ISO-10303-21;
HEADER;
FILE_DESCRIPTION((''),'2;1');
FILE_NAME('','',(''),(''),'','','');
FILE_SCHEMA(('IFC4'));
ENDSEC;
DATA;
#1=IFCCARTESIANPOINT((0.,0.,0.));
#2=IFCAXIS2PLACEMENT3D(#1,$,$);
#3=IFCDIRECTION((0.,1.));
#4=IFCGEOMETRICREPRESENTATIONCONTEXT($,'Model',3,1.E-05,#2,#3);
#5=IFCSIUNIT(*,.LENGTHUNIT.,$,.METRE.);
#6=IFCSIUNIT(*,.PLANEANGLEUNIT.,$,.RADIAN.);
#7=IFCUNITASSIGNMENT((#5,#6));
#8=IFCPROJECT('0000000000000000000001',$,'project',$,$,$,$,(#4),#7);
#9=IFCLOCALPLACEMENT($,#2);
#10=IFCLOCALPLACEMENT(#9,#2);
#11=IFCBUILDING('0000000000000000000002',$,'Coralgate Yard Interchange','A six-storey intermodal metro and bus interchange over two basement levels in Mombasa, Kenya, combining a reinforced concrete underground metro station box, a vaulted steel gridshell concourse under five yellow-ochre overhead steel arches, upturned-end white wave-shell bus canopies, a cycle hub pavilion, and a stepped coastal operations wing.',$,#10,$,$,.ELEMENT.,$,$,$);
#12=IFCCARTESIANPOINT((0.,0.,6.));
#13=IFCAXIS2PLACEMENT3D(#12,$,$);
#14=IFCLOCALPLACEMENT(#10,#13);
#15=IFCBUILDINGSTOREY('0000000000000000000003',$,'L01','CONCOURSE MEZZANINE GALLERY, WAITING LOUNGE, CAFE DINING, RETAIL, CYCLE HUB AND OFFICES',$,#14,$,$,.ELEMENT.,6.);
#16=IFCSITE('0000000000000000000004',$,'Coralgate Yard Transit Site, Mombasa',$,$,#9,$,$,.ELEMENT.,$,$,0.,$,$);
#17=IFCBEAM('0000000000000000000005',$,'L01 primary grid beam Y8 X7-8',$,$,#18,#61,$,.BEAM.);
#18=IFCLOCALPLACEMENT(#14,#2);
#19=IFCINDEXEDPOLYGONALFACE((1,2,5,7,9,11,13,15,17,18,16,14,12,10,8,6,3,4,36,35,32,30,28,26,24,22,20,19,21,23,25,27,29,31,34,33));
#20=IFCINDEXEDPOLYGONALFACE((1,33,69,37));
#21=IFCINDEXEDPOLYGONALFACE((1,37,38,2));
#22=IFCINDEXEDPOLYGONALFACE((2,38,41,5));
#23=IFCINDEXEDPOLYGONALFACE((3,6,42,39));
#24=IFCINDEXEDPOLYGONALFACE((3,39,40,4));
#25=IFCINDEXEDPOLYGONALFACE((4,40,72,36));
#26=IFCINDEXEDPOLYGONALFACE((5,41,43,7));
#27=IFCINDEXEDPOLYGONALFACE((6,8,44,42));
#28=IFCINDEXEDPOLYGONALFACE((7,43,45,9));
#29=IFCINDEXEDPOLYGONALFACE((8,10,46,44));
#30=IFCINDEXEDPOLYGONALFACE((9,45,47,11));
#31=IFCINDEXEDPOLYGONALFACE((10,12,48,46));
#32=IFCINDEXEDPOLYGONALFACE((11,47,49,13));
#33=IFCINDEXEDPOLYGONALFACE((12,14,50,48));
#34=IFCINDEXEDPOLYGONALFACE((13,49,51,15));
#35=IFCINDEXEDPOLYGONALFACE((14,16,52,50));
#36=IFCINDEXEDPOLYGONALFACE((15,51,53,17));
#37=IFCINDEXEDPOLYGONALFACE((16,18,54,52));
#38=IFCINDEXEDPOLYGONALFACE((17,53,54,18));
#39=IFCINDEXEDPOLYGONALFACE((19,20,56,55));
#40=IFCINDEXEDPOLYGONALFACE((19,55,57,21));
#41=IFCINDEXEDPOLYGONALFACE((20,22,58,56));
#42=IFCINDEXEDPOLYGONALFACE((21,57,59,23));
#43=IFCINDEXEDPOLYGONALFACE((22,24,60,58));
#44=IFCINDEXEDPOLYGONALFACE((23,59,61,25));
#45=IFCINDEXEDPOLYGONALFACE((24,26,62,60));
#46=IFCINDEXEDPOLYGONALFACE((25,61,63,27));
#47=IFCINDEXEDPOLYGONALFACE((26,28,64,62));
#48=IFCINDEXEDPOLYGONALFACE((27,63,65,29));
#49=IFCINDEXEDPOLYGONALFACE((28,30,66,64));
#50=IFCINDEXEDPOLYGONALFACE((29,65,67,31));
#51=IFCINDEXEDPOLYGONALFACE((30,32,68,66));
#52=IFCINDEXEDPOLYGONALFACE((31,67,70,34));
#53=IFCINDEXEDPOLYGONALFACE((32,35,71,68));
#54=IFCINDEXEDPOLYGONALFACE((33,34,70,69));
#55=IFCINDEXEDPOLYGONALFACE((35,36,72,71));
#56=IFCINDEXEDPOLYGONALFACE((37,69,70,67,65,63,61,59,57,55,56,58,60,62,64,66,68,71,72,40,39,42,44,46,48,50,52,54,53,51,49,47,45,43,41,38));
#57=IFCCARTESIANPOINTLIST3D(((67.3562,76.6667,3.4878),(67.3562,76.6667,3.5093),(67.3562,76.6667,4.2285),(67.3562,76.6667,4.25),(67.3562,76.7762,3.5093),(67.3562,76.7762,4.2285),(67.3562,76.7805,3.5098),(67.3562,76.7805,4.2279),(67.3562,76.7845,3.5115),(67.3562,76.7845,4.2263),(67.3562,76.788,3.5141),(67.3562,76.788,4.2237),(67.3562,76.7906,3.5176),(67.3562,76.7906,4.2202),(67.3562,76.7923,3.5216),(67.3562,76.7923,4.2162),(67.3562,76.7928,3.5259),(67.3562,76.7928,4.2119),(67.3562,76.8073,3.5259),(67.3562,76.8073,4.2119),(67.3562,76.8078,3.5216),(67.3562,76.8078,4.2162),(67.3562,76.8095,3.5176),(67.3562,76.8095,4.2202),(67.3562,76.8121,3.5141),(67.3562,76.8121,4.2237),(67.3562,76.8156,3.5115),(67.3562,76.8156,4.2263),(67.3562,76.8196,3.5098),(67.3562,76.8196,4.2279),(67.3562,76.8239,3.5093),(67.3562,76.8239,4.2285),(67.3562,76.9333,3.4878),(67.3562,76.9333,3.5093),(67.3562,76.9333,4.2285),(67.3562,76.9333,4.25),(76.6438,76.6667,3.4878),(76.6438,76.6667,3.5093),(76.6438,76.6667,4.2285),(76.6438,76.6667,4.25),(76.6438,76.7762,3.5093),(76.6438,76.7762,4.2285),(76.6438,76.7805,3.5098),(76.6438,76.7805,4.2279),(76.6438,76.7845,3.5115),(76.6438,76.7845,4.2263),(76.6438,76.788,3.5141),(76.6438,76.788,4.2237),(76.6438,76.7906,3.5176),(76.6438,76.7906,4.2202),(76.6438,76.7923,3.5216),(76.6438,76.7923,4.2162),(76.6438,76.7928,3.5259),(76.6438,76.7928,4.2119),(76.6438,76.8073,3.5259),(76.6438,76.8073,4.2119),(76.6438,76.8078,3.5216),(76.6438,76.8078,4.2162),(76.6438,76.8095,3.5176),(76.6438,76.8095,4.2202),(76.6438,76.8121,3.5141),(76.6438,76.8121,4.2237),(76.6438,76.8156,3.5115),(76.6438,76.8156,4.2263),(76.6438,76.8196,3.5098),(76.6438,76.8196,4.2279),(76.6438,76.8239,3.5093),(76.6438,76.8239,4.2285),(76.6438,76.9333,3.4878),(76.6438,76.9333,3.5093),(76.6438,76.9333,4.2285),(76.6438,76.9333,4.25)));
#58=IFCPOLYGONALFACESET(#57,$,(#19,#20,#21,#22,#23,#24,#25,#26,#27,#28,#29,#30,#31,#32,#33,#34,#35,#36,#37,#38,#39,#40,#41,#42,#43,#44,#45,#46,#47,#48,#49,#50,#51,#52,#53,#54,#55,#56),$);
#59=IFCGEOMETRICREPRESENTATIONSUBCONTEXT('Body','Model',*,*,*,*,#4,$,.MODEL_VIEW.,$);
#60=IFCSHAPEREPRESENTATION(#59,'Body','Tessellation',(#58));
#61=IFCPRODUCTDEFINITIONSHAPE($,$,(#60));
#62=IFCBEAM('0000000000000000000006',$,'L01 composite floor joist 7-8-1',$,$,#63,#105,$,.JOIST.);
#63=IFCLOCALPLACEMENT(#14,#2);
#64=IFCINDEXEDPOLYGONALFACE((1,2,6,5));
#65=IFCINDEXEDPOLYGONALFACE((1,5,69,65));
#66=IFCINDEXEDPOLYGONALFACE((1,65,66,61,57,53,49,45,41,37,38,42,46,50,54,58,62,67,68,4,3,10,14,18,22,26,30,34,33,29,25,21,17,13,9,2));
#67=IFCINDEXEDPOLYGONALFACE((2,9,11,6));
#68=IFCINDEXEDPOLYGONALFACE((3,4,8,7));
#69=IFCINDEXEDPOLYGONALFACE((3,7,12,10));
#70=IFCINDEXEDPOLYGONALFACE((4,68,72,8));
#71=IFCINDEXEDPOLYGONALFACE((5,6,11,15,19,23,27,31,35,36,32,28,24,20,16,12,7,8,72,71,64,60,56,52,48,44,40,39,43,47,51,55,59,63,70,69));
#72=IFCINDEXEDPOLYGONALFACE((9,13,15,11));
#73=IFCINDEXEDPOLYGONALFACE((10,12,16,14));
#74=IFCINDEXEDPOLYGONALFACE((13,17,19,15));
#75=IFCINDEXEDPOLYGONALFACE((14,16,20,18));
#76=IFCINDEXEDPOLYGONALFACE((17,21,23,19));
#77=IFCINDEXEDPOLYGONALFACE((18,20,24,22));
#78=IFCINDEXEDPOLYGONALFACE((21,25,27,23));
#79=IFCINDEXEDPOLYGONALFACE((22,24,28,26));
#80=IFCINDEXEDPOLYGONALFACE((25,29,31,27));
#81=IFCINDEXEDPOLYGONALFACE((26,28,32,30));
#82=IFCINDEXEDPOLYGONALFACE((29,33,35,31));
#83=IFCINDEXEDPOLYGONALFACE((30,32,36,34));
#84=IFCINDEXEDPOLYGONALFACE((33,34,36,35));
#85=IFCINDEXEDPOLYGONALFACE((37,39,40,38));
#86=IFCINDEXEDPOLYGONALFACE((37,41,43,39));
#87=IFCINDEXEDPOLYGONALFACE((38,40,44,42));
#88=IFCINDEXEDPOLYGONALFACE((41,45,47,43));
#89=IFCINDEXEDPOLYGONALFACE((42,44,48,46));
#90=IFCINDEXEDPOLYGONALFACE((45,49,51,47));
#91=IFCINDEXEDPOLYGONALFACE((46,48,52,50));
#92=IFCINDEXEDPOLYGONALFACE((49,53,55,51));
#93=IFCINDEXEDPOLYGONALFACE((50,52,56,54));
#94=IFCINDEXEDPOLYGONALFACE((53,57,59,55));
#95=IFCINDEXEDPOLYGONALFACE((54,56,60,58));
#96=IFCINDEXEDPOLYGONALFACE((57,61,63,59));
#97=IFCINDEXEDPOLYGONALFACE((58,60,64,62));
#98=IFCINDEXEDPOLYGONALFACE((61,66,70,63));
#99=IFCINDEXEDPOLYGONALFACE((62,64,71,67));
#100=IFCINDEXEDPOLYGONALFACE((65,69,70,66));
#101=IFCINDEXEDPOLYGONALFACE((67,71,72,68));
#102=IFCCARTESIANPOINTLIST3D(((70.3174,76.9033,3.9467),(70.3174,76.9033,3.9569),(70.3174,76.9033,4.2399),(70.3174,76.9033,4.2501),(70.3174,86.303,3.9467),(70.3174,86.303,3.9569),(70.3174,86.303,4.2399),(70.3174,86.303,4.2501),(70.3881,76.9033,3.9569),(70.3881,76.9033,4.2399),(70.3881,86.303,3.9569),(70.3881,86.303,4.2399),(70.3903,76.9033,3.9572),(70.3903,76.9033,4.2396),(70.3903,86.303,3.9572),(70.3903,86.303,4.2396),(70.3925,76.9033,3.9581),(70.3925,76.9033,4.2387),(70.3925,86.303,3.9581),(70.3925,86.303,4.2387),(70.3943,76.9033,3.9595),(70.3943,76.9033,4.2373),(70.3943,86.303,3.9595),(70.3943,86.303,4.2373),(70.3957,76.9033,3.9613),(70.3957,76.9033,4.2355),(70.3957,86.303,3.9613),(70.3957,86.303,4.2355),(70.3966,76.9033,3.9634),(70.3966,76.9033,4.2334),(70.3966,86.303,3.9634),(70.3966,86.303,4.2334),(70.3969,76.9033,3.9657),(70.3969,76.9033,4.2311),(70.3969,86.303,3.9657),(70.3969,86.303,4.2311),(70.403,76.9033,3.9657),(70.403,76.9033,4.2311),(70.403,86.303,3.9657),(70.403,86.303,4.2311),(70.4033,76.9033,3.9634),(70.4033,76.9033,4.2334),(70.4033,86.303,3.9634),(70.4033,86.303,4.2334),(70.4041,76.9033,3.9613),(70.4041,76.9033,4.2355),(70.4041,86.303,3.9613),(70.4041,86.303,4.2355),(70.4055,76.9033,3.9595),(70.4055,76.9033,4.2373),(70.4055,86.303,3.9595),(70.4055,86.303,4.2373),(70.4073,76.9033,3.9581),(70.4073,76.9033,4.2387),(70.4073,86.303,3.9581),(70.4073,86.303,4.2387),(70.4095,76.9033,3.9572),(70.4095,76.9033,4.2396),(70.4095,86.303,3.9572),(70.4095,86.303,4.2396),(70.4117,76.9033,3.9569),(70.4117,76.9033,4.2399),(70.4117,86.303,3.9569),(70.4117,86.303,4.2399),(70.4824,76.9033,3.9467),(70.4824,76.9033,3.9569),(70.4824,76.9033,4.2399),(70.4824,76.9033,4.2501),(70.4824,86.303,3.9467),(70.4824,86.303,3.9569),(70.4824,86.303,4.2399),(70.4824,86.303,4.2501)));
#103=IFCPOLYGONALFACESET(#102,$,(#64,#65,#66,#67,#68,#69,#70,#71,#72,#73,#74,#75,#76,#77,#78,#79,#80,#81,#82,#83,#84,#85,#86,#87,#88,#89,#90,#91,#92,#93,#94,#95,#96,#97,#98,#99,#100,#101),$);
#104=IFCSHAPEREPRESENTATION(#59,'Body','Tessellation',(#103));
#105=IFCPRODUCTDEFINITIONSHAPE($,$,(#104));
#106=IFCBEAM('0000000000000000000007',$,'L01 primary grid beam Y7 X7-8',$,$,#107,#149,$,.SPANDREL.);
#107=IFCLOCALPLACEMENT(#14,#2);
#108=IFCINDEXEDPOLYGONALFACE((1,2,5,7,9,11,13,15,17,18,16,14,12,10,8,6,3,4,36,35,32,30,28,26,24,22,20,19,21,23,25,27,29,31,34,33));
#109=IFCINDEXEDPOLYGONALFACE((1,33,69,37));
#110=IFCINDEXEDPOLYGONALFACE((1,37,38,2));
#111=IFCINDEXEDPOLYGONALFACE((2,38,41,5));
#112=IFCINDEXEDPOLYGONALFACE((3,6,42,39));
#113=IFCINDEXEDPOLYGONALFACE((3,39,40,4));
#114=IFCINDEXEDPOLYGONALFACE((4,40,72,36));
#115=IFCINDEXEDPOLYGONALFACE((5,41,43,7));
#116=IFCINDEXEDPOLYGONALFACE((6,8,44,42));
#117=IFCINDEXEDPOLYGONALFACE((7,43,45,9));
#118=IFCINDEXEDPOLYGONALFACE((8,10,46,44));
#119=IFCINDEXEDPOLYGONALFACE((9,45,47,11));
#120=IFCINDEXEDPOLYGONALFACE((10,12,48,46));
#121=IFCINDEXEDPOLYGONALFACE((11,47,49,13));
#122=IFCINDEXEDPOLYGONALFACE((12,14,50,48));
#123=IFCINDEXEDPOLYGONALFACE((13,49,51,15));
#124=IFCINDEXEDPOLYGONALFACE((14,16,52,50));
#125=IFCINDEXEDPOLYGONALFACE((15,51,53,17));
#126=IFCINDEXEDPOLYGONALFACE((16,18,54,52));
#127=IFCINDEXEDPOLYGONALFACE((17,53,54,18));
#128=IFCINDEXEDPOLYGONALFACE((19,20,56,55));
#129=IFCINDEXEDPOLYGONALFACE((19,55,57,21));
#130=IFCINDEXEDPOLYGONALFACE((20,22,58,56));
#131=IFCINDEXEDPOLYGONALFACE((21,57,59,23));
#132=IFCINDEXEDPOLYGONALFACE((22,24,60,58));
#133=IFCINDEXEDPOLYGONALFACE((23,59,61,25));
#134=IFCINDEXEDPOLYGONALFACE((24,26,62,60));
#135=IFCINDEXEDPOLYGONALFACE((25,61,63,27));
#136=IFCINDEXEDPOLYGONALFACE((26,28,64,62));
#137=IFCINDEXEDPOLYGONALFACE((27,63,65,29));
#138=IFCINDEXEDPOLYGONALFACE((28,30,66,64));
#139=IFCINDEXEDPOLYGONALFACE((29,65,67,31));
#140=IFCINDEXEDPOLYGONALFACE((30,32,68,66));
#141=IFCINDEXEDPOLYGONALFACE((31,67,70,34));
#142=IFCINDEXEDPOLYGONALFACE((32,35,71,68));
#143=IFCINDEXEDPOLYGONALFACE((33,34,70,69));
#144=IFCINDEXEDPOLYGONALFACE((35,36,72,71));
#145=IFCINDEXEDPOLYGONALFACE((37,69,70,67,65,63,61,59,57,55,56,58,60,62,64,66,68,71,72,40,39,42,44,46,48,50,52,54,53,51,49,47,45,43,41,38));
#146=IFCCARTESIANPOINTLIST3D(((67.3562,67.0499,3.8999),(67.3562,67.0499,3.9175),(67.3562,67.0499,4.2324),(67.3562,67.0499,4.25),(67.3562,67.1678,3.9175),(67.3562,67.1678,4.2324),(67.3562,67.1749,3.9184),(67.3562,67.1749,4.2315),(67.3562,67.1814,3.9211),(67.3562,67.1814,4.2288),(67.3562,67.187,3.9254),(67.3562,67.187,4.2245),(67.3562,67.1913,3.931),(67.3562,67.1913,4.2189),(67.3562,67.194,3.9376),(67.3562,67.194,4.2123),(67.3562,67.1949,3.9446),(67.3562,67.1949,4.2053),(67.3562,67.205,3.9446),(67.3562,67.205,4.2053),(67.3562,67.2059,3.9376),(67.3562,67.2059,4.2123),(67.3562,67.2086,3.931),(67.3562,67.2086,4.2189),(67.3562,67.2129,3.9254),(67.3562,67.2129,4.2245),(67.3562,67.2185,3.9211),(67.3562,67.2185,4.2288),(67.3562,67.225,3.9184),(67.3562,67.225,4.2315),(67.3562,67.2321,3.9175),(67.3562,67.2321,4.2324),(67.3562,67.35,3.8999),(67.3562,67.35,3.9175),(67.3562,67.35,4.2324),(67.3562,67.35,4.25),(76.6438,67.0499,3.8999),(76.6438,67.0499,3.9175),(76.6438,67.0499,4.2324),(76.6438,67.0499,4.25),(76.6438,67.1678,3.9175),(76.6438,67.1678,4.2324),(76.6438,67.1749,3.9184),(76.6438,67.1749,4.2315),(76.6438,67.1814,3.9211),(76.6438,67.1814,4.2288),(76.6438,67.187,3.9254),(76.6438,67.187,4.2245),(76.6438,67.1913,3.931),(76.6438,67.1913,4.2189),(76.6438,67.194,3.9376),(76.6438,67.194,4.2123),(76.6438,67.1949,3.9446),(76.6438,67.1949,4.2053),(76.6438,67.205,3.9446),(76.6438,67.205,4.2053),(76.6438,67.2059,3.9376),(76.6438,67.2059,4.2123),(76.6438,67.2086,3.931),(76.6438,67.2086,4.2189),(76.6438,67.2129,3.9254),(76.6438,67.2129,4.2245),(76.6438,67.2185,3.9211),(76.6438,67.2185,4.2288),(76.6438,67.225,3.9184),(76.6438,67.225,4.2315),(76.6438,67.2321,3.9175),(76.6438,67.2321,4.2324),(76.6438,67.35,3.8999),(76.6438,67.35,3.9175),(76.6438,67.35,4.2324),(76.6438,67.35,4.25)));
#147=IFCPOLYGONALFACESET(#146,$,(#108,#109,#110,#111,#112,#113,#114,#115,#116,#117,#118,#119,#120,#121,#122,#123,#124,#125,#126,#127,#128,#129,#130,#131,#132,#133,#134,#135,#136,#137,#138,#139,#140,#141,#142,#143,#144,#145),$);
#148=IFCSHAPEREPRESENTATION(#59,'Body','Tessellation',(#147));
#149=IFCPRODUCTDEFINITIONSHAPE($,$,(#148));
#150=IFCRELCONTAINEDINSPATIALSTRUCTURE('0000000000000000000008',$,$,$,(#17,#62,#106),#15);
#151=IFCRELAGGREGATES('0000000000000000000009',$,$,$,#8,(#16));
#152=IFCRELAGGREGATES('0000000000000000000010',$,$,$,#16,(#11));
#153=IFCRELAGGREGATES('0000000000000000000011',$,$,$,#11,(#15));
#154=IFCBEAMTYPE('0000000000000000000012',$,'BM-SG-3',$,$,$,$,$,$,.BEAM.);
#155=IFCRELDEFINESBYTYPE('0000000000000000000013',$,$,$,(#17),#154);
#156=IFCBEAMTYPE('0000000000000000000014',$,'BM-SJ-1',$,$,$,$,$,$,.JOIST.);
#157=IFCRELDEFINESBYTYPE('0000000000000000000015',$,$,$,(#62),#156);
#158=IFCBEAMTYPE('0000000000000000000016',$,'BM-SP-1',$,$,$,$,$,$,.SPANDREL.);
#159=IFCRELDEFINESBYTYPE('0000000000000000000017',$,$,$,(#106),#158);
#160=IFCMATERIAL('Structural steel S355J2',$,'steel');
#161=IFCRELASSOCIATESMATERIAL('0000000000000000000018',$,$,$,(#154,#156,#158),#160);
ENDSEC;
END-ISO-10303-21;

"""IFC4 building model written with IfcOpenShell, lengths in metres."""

from ifc_helpers import new_model, si_unit, direction, frame, origin, origin_2d, place, context, subcontext, project, spatial, i_section, extrude, material, material_profile, profile_set, type_object, element, save


model = new_model("IFC4")

# Units and contexts
model_context = context("Model", 3, precision=1e-05, world=origin(), true_north=direction((0.0, 1.0)))
body_context = subcontext(model_context, "Body", "Model", "MODEL_VIEW")
ifc_project = project(units=[si_unit("LENGTHUNIT", "METRE"), si_unit("PLANEANGLEUNIT", "RADIAN")], contexts=[model_context])

# Site, building, storey
site_placement = place(None, origin())
site = spatial("IfcSite", under=ifc_project, at=site_placement, Name="Coralgate Yard Transit Site, Mombasa", CompositionType="ELEMENT", RefElevation=0.0)
building_placement = place(site_placement, origin())
building = spatial("IfcBuilding", under=site, at=building_placement, Name="Coralgate Yard Interchange", Description="A six-storey intermodal metro and bus interchange over two basement levels in Mombasa, Kenya, combining a reinforced concrete underground metro station box, a vaulted steel gridshell concourse under five yellow-ochre overhead steel arches, upturned-end white wave-shell bus canopies, a cycle hub pavilion, and a stepped coastal operations wing.", CompositionType="ELEMENT")
storey_placement = place(building_placement, frame((0.0, 0.0, 6.0)))
storey = spatial("IfcBuildingStorey", under=building, at=storey_placement, Name="L01", Description="CONCOURSE MEZZANINE GALLERY, WAITING LOUNGE, CAFE DINING, RETAIL, CYCLE HUB AND OFFICES", CompositionType="ELEMENT", Elevation=6.0)

# Shared definitions
ifc_material_1 = material(Name="Structural steel S355J2", Category="steel")

# Beams
ifc_material_profile_1 = material_profile(ifc_material_1, i_section(OverallWidth=0.2666, OverallDepth=0.7622, WebThickness=0.0144, FlangeThickness=0.0215, FilletRadius=0.0166, at=origin_2d()), Name="UB 762x267x173")
ifc_profile_set_1 = profile_set([ifc_material_profile_1], Name="Structural steel S355J2")
beam_type_1 = type_object("IfcBeamType", Name="BM-SG-3", PredefinedType="BEAM", material=ifc_profile_set_1)
beam_1_placement = place(storey_placement, frame((67.3562, 76.8, 3.8689), z_axis=(1.0, 0.0, 0.0), x_axis=(0.0, 1.0, 0.0)))
element("IfcBeam", 1, at=beam_1_placement, inside=storey, type_object=beam_type_1, Name="L01 primary grid beam Y8 X7-8", PredefinedType="BEAM", context=body_context, shape_type="SweptSolid", body=[
    extrude(i_section(OverallWidth=0.2666, OverallDepth=0.7622, WebThickness=0.0144, FlangeThickness=0.0215, FilletRadius=0.0166, at=origin_2d()), origin(), (0.0, 0.0, 1.0), 9.2876),
])
ifc_material_profile_2 = material_profile(ifc_material_1, i_section(OverallWidth=0.165, OverallDepth=0.3035, WebThickness=0.0061, FlangeThickness=0.0103, FilletRadius=0.0088, at=origin_2d()), Name="UB 305x165x40")
ifc_profile_set_2 = profile_set([ifc_material_profile_2], Name="Structural steel S355J2")
beam_type_2 = type_object("IfcBeamType", Name="BM-SJ-1", PredefinedType="JOIST", material=ifc_profile_set_2)
beam_2_placement = place(storey_placement, frame((70.3999, 76.9033, 4.0984), z_axis=(0.0, 1.0, 0.0), x_axis=(-1.0, 0.0, 0.0)))
element("IfcBeam", 2, at=beam_2_placement, inside=storey, type_object=beam_type_2, Name="L01 composite floor joist 7-8-1", PredefinedType="JOIST", context=body_context, shape_type="SweptSolid", body=[
    extrude(i_section(OverallWidth=0.165, OverallDepth=0.3035, WebThickness=0.0061, FlangeThickness=0.0103, FilletRadius=0.0088, at=origin_2d()), origin(), (0.0, 0.0, 1.0), 9.3997),
])
ifc_material_profile_3 = material_profile(ifc_material_1, i_section(OverallWidth=0.3, OverallDepth=0.3501, WebThickness=0.01, FlangeThickness=0.0176, FilletRadius=0.0271, at=origin_2d()), Name="HEA 360")
ifc_profile_set_3 = profile_set([ifc_material_profile_3], Name="Structural steel S355J2")
beam_type_3 = type_object("IfcBeamType", Name="BM-SP-1", PredefinedType="SPANDREL", material=ifc_profile_set_3)
beam_3_placement = place(storey_placement, frame((67.3562, 67.2, 4.075), z_axis=(1.0, 0.0, 0.0), x_axis=(0.0, 1.0, 0.0)))
element("IfcBeam", 3, at=beam_3_placement, inside=storey, type_object=beam_type_3, Name="L01 primary grid beam Y7 X7-8", PredefinedType="SPANDREL", context=body_context, shape_type="SweptSolid", body=[
    extrude(i_section(OverallWidth=0.3, OverallDepth=0.3501, WebThickness=0.01, FlangeThickness=0.0176, FilletRadius=0.0271, at=origin_2d()), origin(), (0.0, 0.0, 1.0), 9.2876),
])

save(model, "model.ifc")
